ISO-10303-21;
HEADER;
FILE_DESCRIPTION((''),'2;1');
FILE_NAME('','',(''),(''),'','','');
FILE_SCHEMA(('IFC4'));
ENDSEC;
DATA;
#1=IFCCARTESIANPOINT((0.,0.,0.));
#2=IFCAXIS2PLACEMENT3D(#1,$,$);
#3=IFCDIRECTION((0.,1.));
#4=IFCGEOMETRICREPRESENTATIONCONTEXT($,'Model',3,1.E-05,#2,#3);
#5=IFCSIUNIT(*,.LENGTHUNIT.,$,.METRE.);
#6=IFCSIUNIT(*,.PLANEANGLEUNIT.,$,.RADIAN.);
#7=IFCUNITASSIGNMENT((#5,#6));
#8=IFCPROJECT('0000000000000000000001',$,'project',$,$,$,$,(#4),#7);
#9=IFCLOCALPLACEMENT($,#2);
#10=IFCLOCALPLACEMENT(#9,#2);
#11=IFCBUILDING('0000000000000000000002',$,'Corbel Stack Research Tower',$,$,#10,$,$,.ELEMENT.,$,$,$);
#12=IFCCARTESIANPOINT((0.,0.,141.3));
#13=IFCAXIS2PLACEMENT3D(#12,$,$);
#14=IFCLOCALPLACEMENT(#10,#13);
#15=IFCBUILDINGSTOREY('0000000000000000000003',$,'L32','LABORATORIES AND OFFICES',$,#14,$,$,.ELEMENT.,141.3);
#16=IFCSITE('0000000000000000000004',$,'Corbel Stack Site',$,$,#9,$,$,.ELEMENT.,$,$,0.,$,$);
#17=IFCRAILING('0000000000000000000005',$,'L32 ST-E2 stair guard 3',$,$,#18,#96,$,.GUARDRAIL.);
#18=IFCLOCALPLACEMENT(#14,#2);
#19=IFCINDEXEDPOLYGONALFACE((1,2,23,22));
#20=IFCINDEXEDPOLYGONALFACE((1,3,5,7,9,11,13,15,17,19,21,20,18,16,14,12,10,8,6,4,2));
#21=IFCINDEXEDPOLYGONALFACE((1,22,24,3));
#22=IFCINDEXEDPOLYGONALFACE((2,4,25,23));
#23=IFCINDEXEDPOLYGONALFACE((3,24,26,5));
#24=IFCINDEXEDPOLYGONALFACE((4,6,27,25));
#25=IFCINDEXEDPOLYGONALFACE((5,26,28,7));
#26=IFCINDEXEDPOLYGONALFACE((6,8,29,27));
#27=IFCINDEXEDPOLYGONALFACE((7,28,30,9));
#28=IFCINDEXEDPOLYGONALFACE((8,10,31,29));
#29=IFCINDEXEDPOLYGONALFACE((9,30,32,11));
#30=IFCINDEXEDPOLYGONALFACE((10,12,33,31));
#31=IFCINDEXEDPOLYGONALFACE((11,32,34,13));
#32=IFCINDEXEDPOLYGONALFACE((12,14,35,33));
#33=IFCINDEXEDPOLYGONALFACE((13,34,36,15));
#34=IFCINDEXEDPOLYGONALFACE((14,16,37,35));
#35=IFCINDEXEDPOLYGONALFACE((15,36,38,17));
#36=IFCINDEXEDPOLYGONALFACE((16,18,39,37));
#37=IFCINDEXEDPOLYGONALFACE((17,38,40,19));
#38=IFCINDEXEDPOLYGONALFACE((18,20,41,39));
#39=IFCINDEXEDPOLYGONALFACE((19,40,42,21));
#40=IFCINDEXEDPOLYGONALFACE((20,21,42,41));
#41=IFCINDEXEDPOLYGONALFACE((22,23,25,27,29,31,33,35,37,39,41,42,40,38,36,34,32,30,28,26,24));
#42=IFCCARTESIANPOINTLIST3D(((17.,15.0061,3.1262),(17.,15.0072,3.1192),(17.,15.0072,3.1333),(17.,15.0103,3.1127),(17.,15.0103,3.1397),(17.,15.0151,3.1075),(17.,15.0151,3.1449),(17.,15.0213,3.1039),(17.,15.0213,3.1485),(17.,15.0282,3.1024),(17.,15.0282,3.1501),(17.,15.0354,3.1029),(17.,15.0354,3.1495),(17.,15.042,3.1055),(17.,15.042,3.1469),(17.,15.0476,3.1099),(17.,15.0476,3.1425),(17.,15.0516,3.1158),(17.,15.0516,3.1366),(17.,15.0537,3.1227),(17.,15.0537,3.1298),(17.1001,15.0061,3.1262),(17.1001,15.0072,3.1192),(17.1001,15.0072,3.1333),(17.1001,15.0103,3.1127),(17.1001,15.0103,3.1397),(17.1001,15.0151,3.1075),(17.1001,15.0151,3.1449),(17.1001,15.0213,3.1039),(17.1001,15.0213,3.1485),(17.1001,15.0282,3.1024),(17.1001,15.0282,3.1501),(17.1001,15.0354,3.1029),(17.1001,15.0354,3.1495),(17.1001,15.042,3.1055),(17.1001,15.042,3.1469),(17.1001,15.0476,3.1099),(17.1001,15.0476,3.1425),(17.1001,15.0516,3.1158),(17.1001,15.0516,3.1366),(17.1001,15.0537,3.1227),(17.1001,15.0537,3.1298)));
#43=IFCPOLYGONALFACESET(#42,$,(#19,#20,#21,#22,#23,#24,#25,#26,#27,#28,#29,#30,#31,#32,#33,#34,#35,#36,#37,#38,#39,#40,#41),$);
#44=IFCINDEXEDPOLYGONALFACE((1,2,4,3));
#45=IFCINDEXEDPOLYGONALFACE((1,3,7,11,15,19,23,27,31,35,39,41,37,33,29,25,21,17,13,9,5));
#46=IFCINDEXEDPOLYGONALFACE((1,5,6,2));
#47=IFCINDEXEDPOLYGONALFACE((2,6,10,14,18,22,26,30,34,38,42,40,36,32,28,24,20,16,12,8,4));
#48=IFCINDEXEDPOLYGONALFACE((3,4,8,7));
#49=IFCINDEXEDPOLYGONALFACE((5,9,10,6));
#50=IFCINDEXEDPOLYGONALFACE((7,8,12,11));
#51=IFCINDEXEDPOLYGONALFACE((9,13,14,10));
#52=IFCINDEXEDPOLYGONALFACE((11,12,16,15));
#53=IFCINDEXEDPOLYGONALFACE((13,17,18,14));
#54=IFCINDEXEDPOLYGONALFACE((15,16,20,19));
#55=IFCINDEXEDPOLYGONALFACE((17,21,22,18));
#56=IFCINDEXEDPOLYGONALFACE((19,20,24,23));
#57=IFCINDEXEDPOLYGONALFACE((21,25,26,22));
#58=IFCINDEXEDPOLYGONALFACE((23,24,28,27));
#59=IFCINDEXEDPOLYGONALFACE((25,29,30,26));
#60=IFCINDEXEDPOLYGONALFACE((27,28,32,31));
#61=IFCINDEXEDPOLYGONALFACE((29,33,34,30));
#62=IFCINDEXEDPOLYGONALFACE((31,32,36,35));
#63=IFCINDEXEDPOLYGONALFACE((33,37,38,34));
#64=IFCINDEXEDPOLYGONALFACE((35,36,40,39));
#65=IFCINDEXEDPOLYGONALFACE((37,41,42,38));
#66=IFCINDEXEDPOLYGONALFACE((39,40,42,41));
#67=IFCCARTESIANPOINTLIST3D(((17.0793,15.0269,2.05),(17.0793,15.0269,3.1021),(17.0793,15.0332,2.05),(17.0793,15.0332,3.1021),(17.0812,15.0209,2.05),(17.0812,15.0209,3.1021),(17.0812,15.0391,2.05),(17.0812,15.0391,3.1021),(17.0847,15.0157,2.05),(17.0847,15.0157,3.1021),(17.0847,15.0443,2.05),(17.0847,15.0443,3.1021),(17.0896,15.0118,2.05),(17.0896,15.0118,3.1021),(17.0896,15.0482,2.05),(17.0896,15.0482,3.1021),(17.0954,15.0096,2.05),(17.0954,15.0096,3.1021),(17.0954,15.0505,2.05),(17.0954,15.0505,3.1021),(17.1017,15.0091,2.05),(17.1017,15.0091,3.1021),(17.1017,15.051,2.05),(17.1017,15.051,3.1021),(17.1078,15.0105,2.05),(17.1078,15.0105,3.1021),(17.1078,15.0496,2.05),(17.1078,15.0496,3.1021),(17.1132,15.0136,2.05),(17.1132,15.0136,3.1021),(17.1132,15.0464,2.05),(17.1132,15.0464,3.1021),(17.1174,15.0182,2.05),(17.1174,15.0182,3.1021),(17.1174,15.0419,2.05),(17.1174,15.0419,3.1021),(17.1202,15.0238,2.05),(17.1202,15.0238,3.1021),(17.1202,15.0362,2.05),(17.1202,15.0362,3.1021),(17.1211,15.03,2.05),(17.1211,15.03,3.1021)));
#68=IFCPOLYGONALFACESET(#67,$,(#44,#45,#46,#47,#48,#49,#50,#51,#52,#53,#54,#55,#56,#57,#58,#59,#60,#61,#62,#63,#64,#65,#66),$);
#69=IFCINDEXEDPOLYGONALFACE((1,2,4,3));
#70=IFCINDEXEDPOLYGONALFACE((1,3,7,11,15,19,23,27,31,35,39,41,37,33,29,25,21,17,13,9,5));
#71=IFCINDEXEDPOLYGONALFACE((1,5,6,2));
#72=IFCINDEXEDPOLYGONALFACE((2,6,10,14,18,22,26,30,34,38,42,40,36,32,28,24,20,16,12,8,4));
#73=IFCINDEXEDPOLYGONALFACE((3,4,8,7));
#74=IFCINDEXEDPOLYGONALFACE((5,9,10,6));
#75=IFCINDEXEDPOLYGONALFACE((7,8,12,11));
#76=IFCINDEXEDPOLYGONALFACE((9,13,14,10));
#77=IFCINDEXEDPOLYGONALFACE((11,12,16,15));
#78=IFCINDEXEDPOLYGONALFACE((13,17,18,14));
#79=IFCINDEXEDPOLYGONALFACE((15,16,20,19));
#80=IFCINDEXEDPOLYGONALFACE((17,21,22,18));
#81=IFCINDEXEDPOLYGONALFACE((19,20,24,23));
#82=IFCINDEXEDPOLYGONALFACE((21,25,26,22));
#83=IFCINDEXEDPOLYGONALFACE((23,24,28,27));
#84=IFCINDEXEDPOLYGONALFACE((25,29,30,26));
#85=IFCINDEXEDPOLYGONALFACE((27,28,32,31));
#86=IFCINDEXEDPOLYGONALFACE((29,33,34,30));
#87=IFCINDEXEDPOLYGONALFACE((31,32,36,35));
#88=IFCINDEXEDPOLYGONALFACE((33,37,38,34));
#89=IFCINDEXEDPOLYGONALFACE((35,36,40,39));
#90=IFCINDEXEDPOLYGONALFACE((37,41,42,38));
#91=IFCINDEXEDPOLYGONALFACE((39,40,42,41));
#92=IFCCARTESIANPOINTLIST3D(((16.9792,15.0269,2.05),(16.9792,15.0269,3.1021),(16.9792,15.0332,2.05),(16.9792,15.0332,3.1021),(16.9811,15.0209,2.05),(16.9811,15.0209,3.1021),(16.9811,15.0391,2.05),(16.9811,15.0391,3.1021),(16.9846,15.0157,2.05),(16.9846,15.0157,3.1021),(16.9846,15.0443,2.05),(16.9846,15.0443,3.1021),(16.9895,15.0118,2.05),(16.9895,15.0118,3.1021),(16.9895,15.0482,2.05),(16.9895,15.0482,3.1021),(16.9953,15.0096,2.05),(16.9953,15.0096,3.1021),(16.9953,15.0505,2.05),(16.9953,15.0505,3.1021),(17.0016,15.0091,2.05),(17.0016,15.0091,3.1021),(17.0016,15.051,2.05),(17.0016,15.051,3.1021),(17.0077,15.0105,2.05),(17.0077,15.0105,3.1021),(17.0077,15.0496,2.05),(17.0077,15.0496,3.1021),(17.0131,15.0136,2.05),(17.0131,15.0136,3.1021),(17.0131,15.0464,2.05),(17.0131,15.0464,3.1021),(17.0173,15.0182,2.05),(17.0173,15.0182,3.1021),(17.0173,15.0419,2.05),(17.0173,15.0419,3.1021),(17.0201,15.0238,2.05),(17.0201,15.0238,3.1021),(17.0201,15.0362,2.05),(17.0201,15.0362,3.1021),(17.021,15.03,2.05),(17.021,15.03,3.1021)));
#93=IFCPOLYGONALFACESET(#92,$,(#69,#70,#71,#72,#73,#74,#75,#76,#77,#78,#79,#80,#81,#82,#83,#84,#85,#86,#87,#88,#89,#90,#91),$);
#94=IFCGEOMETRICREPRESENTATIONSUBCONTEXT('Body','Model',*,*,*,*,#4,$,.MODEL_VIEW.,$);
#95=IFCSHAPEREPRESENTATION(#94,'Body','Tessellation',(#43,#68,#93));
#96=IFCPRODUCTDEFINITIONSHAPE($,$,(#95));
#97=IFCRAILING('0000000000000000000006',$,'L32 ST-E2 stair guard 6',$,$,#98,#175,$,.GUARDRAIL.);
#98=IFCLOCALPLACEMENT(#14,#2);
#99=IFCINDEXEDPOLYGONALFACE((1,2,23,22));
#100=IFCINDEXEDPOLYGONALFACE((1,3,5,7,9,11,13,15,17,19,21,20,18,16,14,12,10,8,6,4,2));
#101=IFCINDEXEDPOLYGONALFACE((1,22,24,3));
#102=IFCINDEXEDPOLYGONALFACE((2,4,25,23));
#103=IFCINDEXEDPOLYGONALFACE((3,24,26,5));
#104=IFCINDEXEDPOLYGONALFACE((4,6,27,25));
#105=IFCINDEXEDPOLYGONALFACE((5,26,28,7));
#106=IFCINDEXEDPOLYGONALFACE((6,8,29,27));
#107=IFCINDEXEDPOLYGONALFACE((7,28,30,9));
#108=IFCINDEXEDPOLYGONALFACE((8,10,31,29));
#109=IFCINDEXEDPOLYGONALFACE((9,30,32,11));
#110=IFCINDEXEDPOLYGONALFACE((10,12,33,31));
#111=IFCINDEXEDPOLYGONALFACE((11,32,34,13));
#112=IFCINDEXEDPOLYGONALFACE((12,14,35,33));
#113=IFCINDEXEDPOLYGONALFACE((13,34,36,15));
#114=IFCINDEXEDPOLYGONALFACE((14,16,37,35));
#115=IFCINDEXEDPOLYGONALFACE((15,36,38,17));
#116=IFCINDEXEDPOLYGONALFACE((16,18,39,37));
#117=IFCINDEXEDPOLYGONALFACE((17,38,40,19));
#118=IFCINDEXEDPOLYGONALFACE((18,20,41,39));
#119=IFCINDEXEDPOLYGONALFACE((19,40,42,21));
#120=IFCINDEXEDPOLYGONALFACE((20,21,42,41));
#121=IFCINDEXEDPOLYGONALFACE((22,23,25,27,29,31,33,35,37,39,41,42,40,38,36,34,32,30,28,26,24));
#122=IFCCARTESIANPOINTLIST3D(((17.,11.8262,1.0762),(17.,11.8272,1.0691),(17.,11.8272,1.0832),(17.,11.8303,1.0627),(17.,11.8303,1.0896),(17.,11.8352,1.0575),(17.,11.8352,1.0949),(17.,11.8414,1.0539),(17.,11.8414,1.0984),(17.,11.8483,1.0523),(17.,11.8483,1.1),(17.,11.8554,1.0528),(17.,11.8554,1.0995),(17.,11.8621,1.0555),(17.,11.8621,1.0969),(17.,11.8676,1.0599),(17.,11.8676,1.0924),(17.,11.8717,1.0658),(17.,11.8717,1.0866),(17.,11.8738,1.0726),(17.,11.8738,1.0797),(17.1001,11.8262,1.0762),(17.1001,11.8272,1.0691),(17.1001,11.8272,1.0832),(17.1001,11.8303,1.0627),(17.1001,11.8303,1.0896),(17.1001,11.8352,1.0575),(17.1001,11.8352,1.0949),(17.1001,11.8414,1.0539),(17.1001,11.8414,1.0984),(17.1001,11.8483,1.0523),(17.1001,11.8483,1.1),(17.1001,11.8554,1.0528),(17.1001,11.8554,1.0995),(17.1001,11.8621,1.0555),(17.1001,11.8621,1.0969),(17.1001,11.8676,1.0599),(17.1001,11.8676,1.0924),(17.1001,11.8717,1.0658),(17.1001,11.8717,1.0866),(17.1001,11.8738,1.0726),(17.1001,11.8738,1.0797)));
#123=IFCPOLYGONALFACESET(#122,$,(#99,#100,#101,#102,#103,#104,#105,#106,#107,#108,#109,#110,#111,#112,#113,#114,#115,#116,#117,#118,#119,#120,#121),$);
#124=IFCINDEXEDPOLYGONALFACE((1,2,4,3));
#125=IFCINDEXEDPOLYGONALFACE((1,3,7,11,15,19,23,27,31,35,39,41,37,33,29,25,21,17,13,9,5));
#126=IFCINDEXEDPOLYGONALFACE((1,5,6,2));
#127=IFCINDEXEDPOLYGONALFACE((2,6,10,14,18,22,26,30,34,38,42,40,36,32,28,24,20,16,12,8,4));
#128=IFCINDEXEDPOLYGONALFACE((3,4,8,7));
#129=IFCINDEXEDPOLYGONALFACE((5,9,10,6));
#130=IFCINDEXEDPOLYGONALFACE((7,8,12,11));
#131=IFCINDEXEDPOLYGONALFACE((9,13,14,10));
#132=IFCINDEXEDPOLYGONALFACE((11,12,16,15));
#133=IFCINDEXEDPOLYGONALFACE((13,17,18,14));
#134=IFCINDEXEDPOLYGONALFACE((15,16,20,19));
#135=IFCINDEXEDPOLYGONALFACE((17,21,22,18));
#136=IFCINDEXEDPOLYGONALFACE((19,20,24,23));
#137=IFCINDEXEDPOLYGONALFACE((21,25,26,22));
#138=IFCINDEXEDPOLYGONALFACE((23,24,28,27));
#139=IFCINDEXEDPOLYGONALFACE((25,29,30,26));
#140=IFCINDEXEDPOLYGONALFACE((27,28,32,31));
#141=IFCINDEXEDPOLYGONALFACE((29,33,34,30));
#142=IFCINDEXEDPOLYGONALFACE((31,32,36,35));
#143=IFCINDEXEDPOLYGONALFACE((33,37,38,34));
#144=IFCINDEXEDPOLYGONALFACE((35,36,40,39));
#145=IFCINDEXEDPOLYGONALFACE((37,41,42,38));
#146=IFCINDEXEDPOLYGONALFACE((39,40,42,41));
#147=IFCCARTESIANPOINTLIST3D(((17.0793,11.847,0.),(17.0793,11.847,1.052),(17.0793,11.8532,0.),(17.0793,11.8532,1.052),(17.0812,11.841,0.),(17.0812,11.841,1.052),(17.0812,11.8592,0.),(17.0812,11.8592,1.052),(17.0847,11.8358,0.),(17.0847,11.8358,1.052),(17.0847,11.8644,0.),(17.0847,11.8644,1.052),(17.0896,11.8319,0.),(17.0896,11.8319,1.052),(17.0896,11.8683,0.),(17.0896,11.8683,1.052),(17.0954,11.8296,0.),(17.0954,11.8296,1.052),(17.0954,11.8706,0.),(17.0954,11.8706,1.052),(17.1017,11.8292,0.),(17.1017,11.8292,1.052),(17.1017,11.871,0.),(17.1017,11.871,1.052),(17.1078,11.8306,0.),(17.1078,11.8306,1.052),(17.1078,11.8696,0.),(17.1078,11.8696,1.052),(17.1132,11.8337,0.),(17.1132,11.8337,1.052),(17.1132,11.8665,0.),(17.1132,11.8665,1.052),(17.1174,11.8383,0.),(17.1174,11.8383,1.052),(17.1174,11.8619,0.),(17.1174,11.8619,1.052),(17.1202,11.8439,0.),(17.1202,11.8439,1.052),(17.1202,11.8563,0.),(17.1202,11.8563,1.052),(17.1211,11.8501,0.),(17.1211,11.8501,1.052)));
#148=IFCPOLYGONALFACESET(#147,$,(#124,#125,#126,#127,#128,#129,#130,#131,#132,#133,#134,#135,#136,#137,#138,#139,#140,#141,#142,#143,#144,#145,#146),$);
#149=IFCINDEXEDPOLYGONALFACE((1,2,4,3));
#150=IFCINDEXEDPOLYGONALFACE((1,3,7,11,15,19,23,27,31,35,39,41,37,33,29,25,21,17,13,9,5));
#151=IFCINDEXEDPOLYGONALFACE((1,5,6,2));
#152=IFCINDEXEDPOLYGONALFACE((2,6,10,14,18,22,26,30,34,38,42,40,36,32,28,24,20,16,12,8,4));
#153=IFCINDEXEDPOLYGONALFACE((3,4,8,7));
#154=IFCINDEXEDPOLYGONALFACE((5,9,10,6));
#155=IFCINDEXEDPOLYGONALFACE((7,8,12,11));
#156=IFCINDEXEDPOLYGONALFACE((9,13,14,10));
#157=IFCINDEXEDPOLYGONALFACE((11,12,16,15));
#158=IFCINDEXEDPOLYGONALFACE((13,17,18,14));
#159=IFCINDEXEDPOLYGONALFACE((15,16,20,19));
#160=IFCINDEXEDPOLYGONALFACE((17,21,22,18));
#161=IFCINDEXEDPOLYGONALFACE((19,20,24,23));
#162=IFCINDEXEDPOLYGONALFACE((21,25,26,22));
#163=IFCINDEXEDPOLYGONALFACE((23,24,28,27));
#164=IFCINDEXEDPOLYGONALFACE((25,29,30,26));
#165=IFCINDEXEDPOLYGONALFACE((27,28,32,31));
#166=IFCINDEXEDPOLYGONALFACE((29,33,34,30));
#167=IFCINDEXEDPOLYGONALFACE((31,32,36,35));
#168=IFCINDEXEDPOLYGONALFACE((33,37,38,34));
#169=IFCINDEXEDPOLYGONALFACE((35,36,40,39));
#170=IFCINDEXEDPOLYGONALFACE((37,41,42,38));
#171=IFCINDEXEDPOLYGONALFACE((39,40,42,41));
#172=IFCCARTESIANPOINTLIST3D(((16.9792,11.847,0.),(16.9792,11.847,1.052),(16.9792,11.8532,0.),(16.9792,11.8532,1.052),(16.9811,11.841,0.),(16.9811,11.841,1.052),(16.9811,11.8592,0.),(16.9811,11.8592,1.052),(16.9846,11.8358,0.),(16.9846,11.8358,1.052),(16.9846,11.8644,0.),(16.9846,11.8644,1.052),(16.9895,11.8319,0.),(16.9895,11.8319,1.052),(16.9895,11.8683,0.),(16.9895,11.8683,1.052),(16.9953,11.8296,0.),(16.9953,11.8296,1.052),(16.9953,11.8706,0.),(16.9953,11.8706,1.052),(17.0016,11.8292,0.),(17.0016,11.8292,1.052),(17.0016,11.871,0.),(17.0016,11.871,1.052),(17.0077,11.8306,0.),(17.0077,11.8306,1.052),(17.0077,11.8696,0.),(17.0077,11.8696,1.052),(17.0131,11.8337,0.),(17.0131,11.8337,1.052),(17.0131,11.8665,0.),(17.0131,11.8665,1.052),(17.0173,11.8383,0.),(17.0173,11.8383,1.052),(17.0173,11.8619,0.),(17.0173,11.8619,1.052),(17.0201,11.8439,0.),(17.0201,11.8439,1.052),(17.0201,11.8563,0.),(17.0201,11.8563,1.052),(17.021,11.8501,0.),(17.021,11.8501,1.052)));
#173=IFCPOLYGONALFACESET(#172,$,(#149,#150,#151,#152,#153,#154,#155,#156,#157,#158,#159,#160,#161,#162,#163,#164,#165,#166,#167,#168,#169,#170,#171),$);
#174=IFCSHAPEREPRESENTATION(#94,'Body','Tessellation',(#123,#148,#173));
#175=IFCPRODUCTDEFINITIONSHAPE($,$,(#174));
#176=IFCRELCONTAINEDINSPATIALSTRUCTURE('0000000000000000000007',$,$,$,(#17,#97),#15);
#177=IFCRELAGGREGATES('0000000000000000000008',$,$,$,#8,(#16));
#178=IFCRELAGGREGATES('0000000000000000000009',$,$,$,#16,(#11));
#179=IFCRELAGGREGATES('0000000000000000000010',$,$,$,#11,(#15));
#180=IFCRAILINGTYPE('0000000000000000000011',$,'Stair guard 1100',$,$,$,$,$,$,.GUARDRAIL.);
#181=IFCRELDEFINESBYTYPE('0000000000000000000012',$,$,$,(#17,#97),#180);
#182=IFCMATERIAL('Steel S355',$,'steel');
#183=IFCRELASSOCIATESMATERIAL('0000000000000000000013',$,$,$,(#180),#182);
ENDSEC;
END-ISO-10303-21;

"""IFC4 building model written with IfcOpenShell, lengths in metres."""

from ifc_helpers import new_model, si_unit, direction, frame, origin, origin_2d, place, context, subcontext, project, spatial, circle, extrude, material, type_object, element, save


model = new_model("IFC4")

# Units and contexts
model_context = context("Model", 3, precision=1e-05, world=origin(), true_north=direction((0.0, 1.0)))
body_context = subcontext(model_context, "Body", "Model", "MODEL_VIEW")
ifc_project = project(units=[si_unit("LENGTHUNIT", "METRE"), si_unit("PLANEANGLEUNIT", "RADIAN")], contexts=[model_context])

# Site, building, storey
site_placement = place(None, origin())
site = spatial("IfcSite", under=ifc_project, at=site_placement, Name="Corbel Stack Site", CompositionType="ELEMENT", RefElevation=0.0)
building_placement = place(site_placement, origin())
building = spatial("IfcBuilding", under=site, at=building_placement, Name="Corbel Stack Research Tower", CompositionType="ELEMENT")
storey_placement = place(building_placement, frame((0.0, 0.0, 141.3)))
storey = spatial("IfcBuildingStorey", under=building, at=storey_placement, Name="L32", Description="LABORATORIES AND OFFICES", CompositionType="ELEMENT", Elevation=141.3)

# Railings
ifc_material_1 = material(Name="Steel S355", Category="steel")
railing_type_1 = type_object("IfcRailingType", Name="Stair guard 1100", PredefinedType="GUARDRAIL", material=ifc_material_1)
for number, where, name in (
    (1, (17.1001, 15.03, 2.05), "L32 ST-E2 stair guard 3"),
    (2, (17.1001, 11.8501, 0.0), "L32 ST-E2 stair guard 6"),
):
    element("IfcRailing", number, at=place(storey_placement, frame(where)), inside=storey, type_object=railing_type_1, Name=name, PredefinedType="GUARDRAIL", context=body_context, shape_type="SweptSolid", body=[
        extrude(circle(Radius=0.0239, at=origin_2d()), frame((0.0, 0.0, 1.0762), z_axis=(-1.0, 0.0, 0.0), x_axis=(0.0, -1.0, 0.0)), (0.0, 0.0, 1.0), 0.1001),
        extrude(circle(Radius=0.021, at=origin_2d()), origin(), (0.0, 0.0, 1.0), 1.052),
        extrude(circle(Radius=0.021, at=origin_2d()), frame((-0.1001, 0.0, 0.0)), (0.0, 0.0, 1.0), 1.052),
    ])

save(model, "model.ifc")
